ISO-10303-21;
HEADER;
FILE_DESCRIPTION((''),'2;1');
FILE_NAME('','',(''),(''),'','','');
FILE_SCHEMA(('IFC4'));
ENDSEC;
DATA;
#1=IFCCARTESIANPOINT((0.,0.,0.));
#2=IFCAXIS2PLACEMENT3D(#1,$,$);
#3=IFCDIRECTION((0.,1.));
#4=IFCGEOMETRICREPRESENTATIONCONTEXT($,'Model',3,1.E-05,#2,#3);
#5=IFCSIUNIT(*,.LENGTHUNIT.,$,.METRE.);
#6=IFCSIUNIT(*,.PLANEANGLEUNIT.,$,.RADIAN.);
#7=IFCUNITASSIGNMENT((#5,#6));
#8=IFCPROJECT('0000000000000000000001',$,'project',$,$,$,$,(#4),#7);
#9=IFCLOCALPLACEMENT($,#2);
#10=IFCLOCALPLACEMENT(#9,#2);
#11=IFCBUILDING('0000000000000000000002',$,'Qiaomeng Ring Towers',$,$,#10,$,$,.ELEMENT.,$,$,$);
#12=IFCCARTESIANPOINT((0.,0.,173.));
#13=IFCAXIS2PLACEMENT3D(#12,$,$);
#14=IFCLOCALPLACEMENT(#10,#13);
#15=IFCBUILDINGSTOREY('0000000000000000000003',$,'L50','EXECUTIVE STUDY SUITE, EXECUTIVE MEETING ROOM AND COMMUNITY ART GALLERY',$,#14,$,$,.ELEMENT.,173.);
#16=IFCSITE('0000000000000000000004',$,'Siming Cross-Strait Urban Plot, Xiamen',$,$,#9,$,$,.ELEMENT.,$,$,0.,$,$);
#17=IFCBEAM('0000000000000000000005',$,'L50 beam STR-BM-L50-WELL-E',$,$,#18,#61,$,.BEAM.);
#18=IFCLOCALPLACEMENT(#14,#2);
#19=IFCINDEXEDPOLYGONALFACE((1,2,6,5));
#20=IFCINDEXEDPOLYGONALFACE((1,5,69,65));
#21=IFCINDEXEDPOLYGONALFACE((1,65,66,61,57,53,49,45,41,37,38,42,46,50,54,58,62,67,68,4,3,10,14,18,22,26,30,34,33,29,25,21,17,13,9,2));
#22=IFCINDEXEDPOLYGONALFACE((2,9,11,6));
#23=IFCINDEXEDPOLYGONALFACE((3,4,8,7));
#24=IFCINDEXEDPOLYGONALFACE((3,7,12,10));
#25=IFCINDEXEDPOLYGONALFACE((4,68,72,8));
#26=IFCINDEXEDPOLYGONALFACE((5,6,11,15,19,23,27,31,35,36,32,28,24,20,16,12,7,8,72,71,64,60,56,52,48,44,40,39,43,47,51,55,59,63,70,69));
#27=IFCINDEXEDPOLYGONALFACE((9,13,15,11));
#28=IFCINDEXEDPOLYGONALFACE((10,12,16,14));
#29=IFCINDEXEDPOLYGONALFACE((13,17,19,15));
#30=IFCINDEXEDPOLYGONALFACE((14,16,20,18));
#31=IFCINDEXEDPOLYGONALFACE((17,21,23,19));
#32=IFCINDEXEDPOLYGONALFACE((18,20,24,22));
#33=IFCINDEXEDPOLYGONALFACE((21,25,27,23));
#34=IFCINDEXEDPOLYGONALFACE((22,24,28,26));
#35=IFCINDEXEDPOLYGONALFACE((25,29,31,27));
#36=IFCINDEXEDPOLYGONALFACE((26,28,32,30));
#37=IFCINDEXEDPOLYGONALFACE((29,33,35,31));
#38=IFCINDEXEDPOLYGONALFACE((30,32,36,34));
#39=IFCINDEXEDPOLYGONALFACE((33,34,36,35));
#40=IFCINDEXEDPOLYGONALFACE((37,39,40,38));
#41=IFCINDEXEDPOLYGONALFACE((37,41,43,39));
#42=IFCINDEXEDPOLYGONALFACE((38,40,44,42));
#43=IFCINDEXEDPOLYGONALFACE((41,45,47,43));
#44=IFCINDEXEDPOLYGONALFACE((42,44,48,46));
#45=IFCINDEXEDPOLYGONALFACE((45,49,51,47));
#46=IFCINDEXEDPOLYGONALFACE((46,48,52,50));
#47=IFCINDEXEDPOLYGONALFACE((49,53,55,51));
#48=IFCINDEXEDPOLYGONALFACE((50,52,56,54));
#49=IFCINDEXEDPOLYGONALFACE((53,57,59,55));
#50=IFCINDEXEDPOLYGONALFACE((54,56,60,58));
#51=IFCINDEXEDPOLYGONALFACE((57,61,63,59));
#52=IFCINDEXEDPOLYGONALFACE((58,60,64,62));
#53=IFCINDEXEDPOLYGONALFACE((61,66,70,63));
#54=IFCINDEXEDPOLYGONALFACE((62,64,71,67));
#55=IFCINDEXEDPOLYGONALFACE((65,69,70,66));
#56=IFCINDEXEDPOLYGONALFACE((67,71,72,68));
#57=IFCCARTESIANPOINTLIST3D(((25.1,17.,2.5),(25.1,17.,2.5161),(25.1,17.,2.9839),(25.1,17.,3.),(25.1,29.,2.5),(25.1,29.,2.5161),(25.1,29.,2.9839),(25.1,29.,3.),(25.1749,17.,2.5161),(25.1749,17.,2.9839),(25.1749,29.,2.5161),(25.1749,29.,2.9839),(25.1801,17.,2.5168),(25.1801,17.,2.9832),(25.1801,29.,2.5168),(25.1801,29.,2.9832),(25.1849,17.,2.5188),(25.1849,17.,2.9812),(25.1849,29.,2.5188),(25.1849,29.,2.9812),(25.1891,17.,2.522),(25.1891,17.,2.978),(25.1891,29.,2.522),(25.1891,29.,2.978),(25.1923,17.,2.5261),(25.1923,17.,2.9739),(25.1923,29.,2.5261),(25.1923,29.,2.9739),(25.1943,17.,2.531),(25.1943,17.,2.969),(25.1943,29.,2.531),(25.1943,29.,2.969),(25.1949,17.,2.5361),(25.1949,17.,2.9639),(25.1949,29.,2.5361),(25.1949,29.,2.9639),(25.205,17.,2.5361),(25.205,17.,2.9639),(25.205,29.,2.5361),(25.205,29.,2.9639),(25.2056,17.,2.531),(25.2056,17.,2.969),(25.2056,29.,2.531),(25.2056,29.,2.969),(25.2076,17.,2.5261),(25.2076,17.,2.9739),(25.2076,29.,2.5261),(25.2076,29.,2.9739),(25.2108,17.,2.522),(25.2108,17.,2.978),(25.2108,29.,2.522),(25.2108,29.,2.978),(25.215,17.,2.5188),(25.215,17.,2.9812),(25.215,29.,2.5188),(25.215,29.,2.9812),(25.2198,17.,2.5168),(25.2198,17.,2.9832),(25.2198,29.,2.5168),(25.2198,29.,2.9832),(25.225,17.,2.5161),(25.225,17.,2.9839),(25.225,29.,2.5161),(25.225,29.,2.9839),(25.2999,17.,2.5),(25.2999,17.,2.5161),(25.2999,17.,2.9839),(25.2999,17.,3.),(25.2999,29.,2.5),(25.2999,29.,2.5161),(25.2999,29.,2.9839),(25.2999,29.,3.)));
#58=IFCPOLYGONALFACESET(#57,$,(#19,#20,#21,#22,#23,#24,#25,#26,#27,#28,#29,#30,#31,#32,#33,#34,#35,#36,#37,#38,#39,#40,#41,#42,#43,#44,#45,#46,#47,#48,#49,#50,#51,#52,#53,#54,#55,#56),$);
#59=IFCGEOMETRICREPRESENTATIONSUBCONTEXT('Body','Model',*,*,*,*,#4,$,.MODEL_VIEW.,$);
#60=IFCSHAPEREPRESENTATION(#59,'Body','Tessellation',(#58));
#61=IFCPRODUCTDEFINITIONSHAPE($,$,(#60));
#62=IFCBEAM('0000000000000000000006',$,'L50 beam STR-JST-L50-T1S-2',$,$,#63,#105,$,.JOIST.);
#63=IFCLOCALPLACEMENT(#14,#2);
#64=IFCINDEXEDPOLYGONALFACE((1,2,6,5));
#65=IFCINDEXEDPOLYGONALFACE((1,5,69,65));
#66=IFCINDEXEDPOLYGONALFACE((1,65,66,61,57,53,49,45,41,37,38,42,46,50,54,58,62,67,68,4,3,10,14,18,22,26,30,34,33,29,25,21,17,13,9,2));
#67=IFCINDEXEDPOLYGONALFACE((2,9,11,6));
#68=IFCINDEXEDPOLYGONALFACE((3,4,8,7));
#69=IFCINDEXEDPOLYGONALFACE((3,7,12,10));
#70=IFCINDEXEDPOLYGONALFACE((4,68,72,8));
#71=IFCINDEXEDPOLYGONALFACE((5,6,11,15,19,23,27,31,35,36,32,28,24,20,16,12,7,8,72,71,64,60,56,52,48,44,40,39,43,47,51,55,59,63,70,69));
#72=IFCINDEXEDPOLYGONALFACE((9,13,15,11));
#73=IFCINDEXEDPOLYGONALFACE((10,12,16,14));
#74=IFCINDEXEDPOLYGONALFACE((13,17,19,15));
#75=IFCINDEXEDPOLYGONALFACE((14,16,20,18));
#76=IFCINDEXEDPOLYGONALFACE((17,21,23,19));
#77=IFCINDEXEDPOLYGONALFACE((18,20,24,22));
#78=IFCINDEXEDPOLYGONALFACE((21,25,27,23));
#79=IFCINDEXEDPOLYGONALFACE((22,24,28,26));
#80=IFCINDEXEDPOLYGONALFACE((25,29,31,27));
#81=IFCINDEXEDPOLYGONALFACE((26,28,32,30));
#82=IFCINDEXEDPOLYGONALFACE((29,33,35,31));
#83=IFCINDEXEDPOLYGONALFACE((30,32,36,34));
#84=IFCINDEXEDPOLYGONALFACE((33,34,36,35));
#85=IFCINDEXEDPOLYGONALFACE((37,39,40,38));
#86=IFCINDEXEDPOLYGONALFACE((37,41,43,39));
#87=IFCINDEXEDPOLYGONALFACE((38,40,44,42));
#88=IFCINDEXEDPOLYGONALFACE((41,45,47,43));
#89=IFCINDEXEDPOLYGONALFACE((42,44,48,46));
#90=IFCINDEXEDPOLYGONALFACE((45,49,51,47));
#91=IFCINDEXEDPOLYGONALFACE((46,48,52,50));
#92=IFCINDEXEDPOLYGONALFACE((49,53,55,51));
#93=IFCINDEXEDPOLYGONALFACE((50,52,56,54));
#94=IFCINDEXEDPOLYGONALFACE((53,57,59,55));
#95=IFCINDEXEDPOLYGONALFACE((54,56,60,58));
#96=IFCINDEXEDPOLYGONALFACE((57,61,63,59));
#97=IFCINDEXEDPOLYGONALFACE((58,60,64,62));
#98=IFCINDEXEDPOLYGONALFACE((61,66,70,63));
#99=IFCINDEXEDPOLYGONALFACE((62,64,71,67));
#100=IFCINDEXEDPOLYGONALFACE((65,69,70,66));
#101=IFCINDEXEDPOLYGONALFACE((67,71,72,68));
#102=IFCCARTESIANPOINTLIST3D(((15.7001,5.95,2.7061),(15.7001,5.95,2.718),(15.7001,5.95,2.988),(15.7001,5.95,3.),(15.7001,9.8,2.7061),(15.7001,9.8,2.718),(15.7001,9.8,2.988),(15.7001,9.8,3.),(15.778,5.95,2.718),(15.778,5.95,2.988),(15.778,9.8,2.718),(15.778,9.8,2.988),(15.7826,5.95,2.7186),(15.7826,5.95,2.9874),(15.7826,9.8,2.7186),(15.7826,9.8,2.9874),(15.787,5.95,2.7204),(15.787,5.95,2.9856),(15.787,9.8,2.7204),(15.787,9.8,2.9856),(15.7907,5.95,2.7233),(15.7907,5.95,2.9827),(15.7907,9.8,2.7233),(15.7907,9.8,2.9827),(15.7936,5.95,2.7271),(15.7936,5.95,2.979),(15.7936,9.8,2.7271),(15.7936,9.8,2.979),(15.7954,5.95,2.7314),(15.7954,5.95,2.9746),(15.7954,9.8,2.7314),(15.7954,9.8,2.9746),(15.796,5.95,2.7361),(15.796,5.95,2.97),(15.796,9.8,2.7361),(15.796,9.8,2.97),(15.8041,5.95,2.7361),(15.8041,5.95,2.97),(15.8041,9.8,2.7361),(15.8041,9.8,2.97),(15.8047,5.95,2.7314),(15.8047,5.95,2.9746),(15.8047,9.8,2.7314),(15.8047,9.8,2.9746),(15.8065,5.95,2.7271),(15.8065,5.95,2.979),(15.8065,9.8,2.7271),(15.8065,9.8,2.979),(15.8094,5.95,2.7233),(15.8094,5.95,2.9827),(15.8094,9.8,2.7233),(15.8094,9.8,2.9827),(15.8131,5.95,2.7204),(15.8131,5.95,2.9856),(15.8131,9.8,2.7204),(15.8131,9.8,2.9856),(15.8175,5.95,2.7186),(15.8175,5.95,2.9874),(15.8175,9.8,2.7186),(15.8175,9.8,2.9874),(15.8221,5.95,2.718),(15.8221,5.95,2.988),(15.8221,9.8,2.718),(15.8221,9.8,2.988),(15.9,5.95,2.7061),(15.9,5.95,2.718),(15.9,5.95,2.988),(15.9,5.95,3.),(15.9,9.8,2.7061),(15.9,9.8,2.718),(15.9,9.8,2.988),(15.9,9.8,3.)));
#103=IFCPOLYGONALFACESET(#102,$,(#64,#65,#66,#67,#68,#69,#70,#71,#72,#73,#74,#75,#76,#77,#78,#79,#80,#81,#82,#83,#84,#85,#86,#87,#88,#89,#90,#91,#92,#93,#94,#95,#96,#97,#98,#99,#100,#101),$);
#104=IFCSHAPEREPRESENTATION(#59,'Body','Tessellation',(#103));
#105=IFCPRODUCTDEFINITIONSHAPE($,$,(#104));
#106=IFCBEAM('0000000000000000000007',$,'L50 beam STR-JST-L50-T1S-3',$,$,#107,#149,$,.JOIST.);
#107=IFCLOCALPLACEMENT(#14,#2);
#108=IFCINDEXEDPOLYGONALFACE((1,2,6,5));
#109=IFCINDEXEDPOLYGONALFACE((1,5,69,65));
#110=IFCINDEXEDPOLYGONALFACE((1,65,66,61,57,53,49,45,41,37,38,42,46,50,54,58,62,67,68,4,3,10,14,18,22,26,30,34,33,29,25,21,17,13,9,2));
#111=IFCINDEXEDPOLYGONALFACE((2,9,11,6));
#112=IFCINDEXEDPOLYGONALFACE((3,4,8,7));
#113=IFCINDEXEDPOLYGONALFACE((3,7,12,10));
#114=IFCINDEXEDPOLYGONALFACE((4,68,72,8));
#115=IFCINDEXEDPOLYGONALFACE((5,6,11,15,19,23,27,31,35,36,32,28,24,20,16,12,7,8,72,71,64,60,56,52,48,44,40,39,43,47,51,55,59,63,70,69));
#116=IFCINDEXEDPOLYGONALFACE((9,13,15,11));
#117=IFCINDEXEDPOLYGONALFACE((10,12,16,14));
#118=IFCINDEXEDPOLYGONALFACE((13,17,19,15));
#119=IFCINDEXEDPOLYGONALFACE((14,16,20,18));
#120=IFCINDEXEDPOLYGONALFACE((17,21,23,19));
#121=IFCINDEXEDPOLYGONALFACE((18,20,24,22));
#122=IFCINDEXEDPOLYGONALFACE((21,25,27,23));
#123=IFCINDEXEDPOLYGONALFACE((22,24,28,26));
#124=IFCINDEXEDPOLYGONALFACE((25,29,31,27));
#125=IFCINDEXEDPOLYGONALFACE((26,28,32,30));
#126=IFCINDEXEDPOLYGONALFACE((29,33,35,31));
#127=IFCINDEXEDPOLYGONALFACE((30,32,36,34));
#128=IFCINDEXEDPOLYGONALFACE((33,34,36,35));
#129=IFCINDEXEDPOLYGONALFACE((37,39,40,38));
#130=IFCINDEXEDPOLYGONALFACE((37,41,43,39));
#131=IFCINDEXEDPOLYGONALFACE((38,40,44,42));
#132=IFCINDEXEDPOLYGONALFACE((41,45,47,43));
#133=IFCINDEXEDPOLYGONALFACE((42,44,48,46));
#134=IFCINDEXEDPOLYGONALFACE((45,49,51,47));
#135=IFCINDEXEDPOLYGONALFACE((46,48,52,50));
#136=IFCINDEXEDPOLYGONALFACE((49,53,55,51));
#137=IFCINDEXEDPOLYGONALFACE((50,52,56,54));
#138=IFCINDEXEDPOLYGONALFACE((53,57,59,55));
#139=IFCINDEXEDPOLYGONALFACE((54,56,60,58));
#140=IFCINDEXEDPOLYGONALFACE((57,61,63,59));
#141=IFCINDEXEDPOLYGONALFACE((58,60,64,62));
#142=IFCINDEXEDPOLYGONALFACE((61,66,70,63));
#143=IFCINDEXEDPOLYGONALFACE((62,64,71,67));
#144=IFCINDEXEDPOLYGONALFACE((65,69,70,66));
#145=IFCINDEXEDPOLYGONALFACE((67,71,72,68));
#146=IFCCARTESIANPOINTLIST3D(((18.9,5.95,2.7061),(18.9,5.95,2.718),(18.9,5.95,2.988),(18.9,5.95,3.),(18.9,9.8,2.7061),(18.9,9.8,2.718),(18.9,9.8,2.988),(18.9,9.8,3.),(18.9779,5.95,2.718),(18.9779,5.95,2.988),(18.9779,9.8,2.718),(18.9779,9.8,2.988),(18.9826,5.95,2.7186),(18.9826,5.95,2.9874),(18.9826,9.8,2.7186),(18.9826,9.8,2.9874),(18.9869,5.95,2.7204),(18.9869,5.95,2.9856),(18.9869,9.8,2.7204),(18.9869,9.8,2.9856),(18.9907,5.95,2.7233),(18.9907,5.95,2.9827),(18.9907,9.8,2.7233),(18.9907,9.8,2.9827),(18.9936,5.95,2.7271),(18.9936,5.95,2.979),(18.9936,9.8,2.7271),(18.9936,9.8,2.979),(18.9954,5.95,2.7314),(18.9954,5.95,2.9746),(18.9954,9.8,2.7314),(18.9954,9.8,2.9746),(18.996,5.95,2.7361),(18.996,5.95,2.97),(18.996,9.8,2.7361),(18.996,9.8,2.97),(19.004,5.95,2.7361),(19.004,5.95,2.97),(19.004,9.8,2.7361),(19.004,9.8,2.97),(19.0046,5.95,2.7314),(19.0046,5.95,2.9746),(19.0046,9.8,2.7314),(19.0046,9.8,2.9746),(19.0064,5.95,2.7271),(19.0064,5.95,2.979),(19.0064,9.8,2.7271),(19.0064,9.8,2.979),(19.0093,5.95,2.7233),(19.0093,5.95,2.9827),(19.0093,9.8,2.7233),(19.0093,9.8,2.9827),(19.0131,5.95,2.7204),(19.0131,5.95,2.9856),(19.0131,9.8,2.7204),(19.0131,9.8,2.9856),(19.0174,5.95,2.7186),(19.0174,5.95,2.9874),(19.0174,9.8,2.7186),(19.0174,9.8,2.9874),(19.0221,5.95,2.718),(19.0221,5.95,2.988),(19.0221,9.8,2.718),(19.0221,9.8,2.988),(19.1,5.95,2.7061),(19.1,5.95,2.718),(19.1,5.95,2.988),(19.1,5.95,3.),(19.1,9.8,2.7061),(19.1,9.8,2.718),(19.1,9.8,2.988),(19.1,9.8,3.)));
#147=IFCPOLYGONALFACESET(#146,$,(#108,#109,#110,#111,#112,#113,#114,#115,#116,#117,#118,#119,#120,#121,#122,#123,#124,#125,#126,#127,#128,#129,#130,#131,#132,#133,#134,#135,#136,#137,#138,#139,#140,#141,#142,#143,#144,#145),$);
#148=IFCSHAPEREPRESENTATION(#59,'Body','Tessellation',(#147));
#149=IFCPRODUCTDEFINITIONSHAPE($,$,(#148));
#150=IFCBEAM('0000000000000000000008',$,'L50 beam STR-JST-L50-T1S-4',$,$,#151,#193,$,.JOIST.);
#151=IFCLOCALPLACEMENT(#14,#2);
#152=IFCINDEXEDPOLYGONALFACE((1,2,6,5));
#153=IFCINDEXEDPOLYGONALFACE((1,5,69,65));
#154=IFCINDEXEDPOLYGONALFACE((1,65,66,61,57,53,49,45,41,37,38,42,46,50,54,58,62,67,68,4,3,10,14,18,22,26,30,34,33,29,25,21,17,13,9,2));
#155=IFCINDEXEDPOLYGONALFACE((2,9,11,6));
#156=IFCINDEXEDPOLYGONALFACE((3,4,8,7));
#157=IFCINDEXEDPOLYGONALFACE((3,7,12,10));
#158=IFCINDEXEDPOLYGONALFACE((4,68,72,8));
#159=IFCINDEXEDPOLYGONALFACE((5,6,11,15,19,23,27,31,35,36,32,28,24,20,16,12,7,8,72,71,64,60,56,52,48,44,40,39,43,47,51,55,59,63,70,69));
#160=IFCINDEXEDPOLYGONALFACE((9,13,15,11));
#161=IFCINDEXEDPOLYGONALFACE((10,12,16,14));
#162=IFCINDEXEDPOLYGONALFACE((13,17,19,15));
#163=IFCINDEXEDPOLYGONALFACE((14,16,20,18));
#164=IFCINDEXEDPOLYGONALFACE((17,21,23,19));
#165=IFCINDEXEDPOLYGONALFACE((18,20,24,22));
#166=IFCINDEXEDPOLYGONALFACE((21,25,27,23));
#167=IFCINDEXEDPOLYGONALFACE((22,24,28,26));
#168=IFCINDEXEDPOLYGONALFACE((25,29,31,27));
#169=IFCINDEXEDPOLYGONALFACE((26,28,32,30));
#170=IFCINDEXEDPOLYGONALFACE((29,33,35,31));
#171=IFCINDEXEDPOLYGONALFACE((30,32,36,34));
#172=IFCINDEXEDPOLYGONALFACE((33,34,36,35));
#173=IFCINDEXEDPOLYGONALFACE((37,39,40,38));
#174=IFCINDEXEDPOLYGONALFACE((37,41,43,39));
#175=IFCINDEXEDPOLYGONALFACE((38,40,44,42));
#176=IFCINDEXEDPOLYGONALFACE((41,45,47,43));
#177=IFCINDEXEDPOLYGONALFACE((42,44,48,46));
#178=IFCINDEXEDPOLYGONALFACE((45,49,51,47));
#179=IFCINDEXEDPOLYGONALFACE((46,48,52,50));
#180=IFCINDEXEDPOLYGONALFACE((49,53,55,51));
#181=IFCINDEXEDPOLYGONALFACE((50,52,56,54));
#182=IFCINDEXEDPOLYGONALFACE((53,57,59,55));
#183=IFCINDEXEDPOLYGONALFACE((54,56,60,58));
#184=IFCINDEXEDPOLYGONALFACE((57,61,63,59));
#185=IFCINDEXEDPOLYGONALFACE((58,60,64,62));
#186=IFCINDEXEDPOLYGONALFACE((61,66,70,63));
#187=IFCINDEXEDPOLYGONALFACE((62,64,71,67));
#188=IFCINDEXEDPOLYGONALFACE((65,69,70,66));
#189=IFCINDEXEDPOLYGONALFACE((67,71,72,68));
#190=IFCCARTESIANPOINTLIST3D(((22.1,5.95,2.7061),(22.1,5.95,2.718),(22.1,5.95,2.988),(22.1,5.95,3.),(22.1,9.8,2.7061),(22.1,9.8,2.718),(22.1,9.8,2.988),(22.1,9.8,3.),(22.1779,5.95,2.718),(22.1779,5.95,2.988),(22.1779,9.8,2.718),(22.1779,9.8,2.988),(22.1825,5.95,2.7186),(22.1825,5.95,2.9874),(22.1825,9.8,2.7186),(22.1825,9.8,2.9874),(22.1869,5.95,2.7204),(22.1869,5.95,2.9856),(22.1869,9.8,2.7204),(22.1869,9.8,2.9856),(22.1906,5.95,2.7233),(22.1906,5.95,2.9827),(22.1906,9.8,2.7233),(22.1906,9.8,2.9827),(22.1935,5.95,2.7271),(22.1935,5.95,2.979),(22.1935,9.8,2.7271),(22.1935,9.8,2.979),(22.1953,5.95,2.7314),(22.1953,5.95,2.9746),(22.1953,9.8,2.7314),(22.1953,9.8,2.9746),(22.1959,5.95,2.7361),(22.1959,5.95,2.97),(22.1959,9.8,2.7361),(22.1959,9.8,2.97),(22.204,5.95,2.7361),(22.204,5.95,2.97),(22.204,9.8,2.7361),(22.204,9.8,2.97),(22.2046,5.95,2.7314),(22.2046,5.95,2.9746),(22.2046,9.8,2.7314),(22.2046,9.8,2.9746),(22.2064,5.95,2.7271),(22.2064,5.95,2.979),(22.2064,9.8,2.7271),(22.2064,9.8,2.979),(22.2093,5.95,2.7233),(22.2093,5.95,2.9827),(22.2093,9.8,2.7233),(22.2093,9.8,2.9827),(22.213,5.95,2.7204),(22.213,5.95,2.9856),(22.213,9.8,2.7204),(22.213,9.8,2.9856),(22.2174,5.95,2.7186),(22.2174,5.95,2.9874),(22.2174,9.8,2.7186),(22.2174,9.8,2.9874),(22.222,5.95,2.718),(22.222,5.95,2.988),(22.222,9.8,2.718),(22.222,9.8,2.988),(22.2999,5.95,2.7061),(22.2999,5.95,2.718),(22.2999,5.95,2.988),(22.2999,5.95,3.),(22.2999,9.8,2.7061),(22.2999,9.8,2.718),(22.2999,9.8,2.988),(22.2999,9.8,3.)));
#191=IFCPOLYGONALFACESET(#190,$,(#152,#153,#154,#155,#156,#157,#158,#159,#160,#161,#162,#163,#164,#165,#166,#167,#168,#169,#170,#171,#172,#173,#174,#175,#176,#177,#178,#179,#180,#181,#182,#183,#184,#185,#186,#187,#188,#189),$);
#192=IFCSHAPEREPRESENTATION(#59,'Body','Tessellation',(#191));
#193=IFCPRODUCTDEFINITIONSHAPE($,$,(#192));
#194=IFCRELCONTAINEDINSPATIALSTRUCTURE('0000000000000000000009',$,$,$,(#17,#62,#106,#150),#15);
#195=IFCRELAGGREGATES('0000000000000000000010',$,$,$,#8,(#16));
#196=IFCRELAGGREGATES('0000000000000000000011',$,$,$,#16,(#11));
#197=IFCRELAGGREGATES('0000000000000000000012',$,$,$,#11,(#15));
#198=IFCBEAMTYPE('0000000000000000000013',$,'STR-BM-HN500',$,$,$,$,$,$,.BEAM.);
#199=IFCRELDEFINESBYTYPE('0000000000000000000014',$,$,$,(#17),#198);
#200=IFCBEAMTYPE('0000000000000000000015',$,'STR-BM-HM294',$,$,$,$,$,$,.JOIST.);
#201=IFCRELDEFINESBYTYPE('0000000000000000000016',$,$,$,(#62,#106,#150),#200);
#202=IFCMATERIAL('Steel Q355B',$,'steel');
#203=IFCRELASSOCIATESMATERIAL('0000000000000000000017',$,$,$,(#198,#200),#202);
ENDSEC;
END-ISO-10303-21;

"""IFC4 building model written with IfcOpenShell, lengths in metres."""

from ifc_helpers import new_model, si_unit, direction, frame, origin, origin_2d, place, context, subcontext, project, spatial, i_section, extrude, source, transform, mapped, material, material_profile, profile_set, type_object, element, save


model = new_model("IFC4")

# Units and contexts
model_context = context("Model", 3, precision=1e-05, world=origin(), true_north=direction((0.0, 1.0)))
body_context = subcontext(model_context, "Body", "Model", "MODEL_VIEW")
ifc_project = project(units=[si_unit("LENGTHUNIT", "METRE"), si_unit("PLANEANGLEUNIT", "RADIAN")], contexts=[model_context])

# Site, building, storey
site_placement = place(None, origin())
site = spatial("IfcSite", under=ifc_project, at=site_placement, Name="Siming Cross-Strait Urban Plot, Xiamen", CompositionType="ELEMENT", RefElevation=0.0)
building_placement = place(site_placement, origin())
building = spatial("IfcBuilding", under=site, at=building_placement, Name="Qiaomeng Ring Towers", CompositionType="ELEMENT")
storey_placement = place(building_placement, frame((0.0, 0.0, 173.0)))
storey = spatial("IfcBuildingStorey", under=building, at=storey_placement, Name="L50", Description="EXECUTIVE STUDY SUITE, EXECUTIVE MEETING ROOM AND COMMUNITY ART GALLERY", CompositionType="ELEMENT", Elevation=173.0)

# Beams
ifc_material_1 = material(Name="Steel Q355B", Category="steel")
ifc_material_profile_1 = material_profile(ifc_material_1, i_section(OverallWidth=0.2, OverallDepth=0.5, WebThickness=0.01, FlangeThickness=0.0161, FilletRadius=0.02, at=origin_2d()), Name="HN 500x200x10x16")
ifc_profile_set_1 = profile_set([ifc_material_profile_1], Name="Steel Q355B")
beam_type_1 = type_object("IfcBeamType", Name="STR-BM-HN500", PredefinedType="BEAM", material=ifc_profile_set_1)
shared_shape_1 = source(origin(), body_context, "Body", "SweptSolid", [
    extrude(i_section(OverallWidth=0.2, OverallDepth=0.5, WebThickness=0.01, FlangeThickness=0.0161, FilletRadius=0.02, at=origin_2d()), origin(), (0.0, 0.0, 1.0), 12.0),
])
beam_1_placement = place(storey_placement, frame((25.2, 17.0, 2.75), z_axis=(0.0, 1.0, 0.0), x_axis=(-1.0, 0.0, 0.0)))
element("IfcBeam", 1, at=beam_1_placement, inside=storey, type_object=beam_type_1, Name="L50 beam STR-BM-L50-WELL-E", PredefinedType="BEAM", context=body_context, shape_type="MappedRepresentation", body=[
    mapped(shared_shape_1, transform((0.0, 0.0, 0.0), x_axis=(1.0, 0.0, 0.0), y_axis=(0.0, 1.0, 0.0), z_axis=(0.0, 0.0, 1.0), scale=1.0)),
])
ifc_material_profile_2 = material_profile(ifc_material_1, i_section(OverallWidth=0.2, OverallDepth=0.2939, WebThickness=0.0081, FlangeThickness=0.012, FilletRadius=0.0181, at=origin_2d()), Name="HM 294x200x8x12")
ifc_profile_set_2 = profile_set([ifc_material_profile_2], Name="Steel Q355B")
beam_type_2 = type_object("IfcBeamType", Name="STR-BM-HM294", PredefinedType="JOIST", material=ifc_profile_set_2)
shared_shape_2 = source(origin(), body_context, "Body", "SweptSolid", [
    extrude(i_section(OverallWidth=0.2, OverallDepth=0.2939, WebThickness=0.0081, FlangeThickness=0.012, FilletRadius=0.0181, at=origin_2d()), origin(), (0.0, 0.0, 1.0), 3.8501),
])
for number, where, z_axis, x_axis, name in (
    (2, (15.8, 5.95, 2.853), (0.0, 1.0, 0.0), (-1.0, 0.0, 0.0), "L50 beam STR-JST-L50-T1S-2"),
    (3, (19.0, 5.95, 2.853), (0.0, 1.0, 0.0), (-1.0, 0.0, 0.0), "L50 beam STR-JST-L50-T1S-3"),
    (4, (22.2, 5.95, 2.853), (0.0, 1.0, 0.0), (-1.0, 0.0, 0.0), "L50 beam STR-JST-L50-T1S-4"),
):
    element("IfcBeam", number, at=place(storey_placement, frame(where, z_axis=z_axis, x_axis=x_axis)), inside=storey, type_object=beam_type_2, Name=name, PredefinedType="JOIST", context=body_context, shape_type="MappedRepresentation", body=[
        mapped(shared_shape_2, transform((0.0, 0.0, 0.0), x_axis=(1.0, 0.0, 0.0), y_axis=(0.0, 1.0, 0.0), z_axis=(0.0, 0.0, 1.0), scale=1.0)),
    ])

save(model, "model.ifc")
